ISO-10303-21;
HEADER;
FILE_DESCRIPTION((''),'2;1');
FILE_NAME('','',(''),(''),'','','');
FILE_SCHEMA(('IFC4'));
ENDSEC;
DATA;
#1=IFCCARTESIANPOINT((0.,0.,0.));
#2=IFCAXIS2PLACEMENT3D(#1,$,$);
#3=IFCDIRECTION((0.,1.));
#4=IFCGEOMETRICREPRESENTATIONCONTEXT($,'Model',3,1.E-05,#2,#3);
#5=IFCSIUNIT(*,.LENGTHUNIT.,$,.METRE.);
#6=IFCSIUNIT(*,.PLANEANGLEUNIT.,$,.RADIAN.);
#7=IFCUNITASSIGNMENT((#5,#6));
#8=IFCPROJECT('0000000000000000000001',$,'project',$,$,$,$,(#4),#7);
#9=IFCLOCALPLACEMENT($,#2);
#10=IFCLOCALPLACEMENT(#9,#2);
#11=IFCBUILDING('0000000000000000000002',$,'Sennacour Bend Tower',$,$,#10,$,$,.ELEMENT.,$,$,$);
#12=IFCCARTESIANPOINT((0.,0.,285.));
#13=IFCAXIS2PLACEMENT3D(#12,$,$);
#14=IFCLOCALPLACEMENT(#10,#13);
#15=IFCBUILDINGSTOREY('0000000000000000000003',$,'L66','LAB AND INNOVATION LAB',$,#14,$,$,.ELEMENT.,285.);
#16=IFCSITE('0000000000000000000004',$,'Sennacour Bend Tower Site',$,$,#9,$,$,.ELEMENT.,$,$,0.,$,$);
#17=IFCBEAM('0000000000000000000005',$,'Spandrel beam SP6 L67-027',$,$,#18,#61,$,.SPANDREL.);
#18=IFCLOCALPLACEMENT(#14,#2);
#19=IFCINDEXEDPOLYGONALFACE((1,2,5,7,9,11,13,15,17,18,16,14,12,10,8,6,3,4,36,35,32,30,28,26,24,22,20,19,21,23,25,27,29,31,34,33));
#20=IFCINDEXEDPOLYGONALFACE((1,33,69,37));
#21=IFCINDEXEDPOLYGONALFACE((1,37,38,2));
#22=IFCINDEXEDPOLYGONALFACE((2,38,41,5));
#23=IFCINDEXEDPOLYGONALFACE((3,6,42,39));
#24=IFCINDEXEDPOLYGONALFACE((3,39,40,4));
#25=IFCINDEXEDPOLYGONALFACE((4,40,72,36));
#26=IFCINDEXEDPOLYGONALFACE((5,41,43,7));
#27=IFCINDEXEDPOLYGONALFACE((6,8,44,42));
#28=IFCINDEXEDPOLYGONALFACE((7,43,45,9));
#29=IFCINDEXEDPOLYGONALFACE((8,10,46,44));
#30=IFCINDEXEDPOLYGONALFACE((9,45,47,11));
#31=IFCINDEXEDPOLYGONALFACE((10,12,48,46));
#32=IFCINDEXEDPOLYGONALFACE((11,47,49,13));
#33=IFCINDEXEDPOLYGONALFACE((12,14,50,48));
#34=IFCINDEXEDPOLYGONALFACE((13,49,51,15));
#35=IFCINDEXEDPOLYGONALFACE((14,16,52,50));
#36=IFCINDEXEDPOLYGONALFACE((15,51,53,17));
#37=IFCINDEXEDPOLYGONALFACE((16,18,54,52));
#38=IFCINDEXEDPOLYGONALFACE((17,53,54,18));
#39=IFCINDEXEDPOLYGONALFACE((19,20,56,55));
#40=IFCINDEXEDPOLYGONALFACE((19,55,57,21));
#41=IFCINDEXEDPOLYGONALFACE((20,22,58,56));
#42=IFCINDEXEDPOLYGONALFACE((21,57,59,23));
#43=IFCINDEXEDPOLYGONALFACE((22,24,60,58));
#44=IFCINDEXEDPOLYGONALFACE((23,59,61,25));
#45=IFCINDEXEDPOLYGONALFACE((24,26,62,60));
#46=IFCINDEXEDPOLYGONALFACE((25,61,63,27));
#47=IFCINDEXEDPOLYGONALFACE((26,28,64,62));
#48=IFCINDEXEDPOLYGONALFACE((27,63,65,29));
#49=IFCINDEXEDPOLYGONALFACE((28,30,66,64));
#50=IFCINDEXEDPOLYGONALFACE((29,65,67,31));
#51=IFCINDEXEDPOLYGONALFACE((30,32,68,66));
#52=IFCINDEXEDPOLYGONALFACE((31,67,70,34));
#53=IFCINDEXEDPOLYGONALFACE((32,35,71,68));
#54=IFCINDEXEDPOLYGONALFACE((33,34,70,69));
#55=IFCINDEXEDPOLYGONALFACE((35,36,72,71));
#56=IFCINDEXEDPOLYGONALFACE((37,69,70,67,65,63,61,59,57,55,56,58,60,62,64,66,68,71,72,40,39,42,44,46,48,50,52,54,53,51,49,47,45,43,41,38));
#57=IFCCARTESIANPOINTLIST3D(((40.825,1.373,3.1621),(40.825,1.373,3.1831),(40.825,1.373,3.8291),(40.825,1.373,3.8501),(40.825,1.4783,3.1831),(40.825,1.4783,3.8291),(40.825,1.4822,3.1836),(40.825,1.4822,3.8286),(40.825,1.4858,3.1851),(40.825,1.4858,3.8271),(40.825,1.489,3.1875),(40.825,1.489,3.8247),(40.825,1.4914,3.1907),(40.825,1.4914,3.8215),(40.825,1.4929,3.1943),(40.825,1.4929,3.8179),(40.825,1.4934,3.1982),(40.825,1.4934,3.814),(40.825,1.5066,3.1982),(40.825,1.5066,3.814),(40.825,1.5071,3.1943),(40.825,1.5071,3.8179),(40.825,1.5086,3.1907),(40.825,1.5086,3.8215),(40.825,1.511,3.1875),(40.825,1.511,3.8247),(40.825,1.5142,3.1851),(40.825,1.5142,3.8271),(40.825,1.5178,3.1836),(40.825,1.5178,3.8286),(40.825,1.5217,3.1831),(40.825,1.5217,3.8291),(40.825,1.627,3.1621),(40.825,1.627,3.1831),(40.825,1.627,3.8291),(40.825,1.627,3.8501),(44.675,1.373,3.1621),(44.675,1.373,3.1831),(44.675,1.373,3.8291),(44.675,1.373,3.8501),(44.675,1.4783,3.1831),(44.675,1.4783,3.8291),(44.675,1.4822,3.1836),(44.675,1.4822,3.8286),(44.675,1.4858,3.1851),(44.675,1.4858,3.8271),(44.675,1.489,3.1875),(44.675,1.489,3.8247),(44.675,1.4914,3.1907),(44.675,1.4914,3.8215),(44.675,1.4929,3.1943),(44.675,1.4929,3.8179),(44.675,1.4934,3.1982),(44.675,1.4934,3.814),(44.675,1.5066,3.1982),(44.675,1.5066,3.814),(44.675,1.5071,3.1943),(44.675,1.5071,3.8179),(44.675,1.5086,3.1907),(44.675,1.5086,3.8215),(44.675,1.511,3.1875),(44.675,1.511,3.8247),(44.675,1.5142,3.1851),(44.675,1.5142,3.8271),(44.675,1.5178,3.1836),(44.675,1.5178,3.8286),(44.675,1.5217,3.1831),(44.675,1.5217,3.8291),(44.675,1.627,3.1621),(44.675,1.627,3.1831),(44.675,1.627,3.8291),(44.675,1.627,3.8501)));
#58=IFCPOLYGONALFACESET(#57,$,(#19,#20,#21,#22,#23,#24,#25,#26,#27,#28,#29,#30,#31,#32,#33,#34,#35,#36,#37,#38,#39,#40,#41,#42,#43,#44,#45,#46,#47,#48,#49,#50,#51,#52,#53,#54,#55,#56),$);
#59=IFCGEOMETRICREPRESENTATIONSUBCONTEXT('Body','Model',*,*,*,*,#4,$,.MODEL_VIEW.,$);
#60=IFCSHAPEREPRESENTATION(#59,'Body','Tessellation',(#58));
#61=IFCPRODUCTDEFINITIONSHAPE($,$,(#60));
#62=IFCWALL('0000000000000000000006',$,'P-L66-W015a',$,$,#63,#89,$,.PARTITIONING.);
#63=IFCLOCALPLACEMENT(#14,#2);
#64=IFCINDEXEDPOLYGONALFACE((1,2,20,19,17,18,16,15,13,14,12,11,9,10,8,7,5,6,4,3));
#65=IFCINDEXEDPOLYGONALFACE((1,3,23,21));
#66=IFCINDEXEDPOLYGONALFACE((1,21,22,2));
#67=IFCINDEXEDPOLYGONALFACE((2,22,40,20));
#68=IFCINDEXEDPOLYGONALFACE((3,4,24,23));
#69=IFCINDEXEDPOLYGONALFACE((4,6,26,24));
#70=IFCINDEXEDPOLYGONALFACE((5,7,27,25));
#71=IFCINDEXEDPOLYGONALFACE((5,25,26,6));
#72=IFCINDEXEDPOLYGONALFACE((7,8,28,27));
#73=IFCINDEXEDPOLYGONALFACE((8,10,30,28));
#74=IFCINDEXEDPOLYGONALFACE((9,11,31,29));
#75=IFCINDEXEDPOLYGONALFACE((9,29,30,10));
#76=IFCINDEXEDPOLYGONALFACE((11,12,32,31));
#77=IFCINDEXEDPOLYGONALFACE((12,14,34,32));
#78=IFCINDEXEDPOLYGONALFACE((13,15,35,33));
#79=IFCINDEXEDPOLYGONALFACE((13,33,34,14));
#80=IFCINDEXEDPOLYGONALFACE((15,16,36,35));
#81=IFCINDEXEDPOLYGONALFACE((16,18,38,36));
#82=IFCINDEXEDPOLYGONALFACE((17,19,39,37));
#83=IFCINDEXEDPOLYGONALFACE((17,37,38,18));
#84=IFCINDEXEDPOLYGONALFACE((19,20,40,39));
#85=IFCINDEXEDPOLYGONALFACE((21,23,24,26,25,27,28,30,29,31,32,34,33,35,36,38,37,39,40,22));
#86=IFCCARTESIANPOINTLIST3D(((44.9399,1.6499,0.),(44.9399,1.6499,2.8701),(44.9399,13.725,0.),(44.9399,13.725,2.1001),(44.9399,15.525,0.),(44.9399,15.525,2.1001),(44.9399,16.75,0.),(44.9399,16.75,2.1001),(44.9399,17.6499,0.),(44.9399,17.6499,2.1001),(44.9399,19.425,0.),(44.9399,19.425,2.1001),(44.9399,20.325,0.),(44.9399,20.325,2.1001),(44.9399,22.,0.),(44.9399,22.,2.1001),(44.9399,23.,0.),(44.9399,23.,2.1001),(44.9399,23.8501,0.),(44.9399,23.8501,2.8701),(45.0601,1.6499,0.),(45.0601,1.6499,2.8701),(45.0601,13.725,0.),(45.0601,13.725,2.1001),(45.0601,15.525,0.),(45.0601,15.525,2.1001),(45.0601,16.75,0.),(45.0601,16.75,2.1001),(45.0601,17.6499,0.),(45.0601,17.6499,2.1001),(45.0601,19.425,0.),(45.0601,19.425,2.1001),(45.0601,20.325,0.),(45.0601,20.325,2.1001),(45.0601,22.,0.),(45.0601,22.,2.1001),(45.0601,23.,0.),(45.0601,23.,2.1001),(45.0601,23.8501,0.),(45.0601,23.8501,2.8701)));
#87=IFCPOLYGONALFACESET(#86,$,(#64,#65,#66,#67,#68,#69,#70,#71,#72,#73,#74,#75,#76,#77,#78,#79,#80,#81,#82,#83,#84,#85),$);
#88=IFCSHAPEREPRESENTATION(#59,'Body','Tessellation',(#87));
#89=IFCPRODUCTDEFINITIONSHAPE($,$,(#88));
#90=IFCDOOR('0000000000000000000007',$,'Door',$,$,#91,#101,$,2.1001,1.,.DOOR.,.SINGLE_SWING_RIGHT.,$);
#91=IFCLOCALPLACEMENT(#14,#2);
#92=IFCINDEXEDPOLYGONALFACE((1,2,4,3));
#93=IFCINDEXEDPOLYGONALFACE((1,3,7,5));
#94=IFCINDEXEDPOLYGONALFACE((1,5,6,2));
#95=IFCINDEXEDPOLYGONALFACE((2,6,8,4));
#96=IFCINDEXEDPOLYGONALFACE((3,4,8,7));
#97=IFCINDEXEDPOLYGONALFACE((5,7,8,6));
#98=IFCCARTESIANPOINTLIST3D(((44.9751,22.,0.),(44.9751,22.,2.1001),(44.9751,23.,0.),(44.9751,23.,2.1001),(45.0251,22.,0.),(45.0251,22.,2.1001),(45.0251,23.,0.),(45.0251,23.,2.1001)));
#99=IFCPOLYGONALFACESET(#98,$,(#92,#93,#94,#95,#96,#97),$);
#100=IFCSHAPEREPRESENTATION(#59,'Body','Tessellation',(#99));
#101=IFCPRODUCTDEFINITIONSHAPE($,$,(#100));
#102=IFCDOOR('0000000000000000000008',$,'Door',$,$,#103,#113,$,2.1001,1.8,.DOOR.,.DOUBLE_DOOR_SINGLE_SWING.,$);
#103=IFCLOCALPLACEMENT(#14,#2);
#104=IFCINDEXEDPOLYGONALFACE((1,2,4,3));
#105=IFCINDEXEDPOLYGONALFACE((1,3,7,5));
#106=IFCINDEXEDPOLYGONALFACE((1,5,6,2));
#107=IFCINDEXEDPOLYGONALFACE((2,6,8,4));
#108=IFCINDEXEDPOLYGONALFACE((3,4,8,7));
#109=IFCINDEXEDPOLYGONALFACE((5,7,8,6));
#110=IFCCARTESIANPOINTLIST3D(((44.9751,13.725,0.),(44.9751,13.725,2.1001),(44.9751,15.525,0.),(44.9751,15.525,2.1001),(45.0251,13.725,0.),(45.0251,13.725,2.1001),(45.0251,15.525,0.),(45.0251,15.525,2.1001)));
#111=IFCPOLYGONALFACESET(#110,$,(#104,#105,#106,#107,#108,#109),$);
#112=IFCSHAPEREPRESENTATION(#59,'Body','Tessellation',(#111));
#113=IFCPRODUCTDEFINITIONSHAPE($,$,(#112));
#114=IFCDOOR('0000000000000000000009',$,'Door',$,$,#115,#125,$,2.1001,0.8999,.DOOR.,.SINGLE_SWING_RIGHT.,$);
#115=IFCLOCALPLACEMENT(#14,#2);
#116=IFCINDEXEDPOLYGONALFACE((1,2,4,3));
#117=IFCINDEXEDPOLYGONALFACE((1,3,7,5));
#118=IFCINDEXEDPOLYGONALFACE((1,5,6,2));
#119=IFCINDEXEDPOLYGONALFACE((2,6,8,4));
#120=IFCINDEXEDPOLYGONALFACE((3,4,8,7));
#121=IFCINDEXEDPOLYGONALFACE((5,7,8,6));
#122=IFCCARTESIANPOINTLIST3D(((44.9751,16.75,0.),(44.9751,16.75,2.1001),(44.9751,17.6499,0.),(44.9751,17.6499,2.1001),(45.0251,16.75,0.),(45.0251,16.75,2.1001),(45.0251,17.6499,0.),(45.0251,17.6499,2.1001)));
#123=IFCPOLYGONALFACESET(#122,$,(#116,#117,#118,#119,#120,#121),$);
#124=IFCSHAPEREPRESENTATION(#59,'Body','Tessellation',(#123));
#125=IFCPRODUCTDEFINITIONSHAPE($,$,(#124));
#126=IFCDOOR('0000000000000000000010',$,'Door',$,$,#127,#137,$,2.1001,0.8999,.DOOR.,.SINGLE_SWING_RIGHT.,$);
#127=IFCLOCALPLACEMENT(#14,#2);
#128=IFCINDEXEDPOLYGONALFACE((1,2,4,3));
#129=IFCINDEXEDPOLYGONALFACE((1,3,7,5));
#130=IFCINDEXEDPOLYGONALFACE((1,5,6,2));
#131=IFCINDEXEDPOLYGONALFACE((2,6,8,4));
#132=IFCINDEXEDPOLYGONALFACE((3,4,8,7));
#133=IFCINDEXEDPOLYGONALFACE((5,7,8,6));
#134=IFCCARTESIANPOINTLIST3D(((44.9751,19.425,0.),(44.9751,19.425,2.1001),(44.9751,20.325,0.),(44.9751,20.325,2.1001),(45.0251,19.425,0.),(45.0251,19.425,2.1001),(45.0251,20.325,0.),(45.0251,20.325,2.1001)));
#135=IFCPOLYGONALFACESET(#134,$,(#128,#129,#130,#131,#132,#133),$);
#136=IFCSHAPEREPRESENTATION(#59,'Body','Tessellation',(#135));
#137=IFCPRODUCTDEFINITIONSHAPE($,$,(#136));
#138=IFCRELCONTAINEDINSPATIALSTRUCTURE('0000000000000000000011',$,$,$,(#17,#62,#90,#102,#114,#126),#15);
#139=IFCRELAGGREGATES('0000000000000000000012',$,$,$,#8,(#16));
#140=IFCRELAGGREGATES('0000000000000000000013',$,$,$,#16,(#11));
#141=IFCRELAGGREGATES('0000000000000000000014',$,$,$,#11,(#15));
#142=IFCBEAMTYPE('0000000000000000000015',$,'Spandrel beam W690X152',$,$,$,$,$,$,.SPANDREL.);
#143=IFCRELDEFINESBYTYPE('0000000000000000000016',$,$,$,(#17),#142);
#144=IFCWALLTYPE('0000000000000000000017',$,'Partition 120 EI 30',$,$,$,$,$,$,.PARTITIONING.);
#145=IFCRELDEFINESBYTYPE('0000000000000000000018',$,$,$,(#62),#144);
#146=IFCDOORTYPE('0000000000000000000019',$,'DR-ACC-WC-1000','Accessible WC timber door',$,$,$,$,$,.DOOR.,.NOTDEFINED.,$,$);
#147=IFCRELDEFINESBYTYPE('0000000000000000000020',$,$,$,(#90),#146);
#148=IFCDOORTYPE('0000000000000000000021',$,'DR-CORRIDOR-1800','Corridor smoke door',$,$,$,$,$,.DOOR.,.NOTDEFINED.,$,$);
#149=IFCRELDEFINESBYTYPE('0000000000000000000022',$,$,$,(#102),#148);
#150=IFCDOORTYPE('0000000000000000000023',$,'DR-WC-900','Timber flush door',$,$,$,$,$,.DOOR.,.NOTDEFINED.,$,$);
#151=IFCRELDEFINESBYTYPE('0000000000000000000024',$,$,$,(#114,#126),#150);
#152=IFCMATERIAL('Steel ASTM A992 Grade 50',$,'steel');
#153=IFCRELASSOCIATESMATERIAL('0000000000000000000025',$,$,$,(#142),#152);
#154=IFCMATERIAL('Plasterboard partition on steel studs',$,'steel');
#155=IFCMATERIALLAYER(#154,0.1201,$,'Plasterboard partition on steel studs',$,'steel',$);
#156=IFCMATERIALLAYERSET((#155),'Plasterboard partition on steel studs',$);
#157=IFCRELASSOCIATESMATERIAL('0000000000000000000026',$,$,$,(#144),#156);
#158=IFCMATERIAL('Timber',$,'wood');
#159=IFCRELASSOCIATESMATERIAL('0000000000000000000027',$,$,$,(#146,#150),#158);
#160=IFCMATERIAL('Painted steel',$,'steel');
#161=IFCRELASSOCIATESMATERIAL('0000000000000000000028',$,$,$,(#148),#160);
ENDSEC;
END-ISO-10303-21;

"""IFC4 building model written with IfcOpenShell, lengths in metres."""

from ifc_helpers import new_model, si_unit, direction, frame, frame_2d, origin, origin_2d, place, context, subcontext, project, spatial, rectangle, i_section, extrude, material, layer, layer_set, material_profile, profile_set, type_object, element, fill, save


model = new_model("IFC4")

# Units and contexts
model_context = context("Model", 3, precision=1e-05, world=origin(), true_north=direction((0.0, 1.0)))
body_context = subcontext(model_context, "Body", "Model", "MODEL_VIEW")
ifc_project = project(units=[si_unit("LENGTHUNIT", "METRE"), si_unit("PLANEANGLEUNIT", "RADIAN")], contexts=[model_context])

# Site, building, storey
site_placement = place(None, origin())
site = spatial("IfcSite", under=ifc_project, at=site_placement, Name="Sennacour Bend Tower Site", CompositionType="ELEMENT", RefElevation=0.0)
building_placement = place(site_placement, origin())
building = spatial("IfcBuilding", under=site, at=building_placement, Name="Sennacour Bend Tower", CompositionType="ELEMENT")
storey_placement = place(building_placement, frame((0.0, 0.0, 285.0)))
storey = spatial("IfcBuildingStorey", under=building, at=storey_placement, Name="L66", Description="LAB AND INNOVATION LAB", CompositionType="ELEMENT", Elevation=285.0)

# Beam
ifc_material_1 = material(Name="Steel ASTM A992 Grade 50", Category="steel")
ifc_material_profile_1 = material_profile(ifc_material_1, i_section(OverallWidth=0.2539, OverallDepth=0.688, WebThickness=0.0132, FlangeThickness=0.021, FilletRadius=0.0151, at=origin_2d()), Name="Steel ASTM A992 Grade 50", Category="steel")
ifc_profile_set_1 = profile_set([ifc_material_profile_1], Name="Steel ASTM A992 Grade 50")
beam_type_1 = type_object("IfcBeamType", Name="Spandrel beam W690X152", PredefinedType="SPANDREL", material=ifc_profile_set_1)
for number, where, z_axis, x_axis, name in (
    (1, (44.675, 1.5, 3.5061), (-1.0, 0.0, 0.0), (0.0, -1.0, 0.0), "Spandrel beam SP6 L67-027"),
):
    element("IfcBeam", number, at=place(storey_placement, frame(where, z_axis=z_axis, x_axis=x_axis)), inside=storey, type_object=beam_type_1, Name=name, PredefinedType="SPANDREL", context=body_context, shape_type="SweptSolid", body=[
        extrude(i_section(OverallWidth=0.2539, OverallDepth=0.688, WebThickness=0.0132, FlangeThickness=0.021, FilletRadius=0.0151, at=origin_2d()), origin(), (0.0, 0.0, 1.0), 3.8501),
    ])

# Wall, openings, doors
ifc_material_2 = material(Name="Plasterboard partition on steel studs", Category="steel")
ifc_layer_1 = layer(ifc_material_2, 0.1201, Name="Plasterboard partition on steel studs", Category="steel")
ifc_layer_set_1 = layer_set([ifc_layer_1], Name="Plasterboard partition on steel studs")
wall_type_1 = type_object("IfcWallType", Name="Partition 120 EI 30", PredefinedType="PARTITIONING", material=ifc_layer_set_1)
wall_1_placement = place(storey_placement, frame((45.0, 1.6499, 0.0), z_axis=(0.0, 0.0, 1.0), x_axis=(0.0, 1.0, 0.0)))
wall_1 = element("IfcWall", 2, at=wall_1_placement, inside=storey, type_object=wall_type_1, Name="P-L66-W015a", PredefinedType="PARTITIONING", context=body_context, shape_type="SweptSolid", body=[
    extrude(rectangle(XDim=22.2002, YDim=0.1201, at=frame_2d((11.1001, 0.0))), origin(), (0.0, 0.0, 1.0), 2.8701),
])
opening_1_placement = place(wall_1_placement, frame((12.0752, 0.0, 0.0)))
opening_1 = element("IfcOpeningElement", 3, at=opening_1_placement, cuts=wall_1, PredefinedType="OPENING", context=body_context, shape_type="SweptSolid", body=[
    extrude(rectangle(XDim=1.8, YDim=2.1001, at=frame_2d((0.8999, 1.05))), frame((0.0, 0.0701, 0.0), z_axis=(0.0, -1.0, 0.0), x_axis=(1.0, 0.0, 0.0)), (0.0, 0.0, 1.0), 0.1401),
])
opening_2_placement = place(wall_1_placement, frame((15.1001, 0.0, 0.0)))
opening_2 = element("IfcOpeningElement", 4, at=opening_2_placement, cuts=wall_1, PredefinedType="OPENING", context=body_context, shape_type="SweptSolid", body=[
    extrude(rectangle(XDim=0.8999, YDim=2.1001, at=frame_2d((0.45, 1.05))), frame((0.0, 0.0701, 0.0), z_axis=(0.0, -1.0, 0.0), x_axis=(1.0, 0.0, 0.0)), (0.0, 0.0, 1.0), 0.1401),
])
opening_3_placement = place(wall_1_placement, frame((17.7751, 0.0, 0.0)))
opening_3 = element("IfcOpeningElement", 5, at=opening_3_placement, cuts=wall_1, PredefinedType="OPENING", context=body_context, shape_type="SweptSolid", body=[
    extrude(rectangle(XDim=0.8999, YDim=2.1001, at=frame_2d((0.45, 1.05))), frame((0.0, 0.0701, 0.0), z_axis=(0.0, -1.0, 0.0), x_axis=(1.0, 0.0, 0.0)), (0.0, 0.0, 1.0), 0.1401),
])
opening_4_placement = place(wall_1_placement, frame((20.3501, 0.0, 0.0)))
opening_4 = element("IfcOpeningElement", 6, at=opening_4_placement, cuts=wall_1, PredefinedType="OPENING", context=body_context, shape_type="SweptSolid", body=[
    extrude(rectangle(XDim=1.0, YDim=2.1001, at=frame_2d((0.5, 1.05))), frame((0.0, 0.0701, 0.0), z_axis=(0.0, -1.0, 0.0), x_axis=(1.0, 0.0, 0.0)), (0.0, 0.0, 1.0), 0.1401),
])
ifc_material_3 = material(Name="Timber", Category="wood")
door_type_1 = type_object("IfcDoorType", Name="DR-ACC-WC-1000", Description="Accessible WC timber door", OperationType="NOTDEFINED", PredefinedType="DOOR", material=ifc_material_3)
door_1_placement = place(opening_4_placement, origin())
door_1 = element("IfcDoor", 7, at=door_1_placement, inside=storey, type_object=door_type_1, Name="Door", OperationType="SINGLE_SWING_RIGHT", OverallHeight=2.1001, OverallWidth=1.0, PredefinedType="DOOR", context=body_context, shape_type="SweptSolid", body=[
    extrude(rectangle(XDim=1.0, YDim=2.1001, at=frame_2d((0.5, 1.05))), frame((0.0, 0.0249, 0.0), z_axis=(0.0, -1.0, 0.0), x_axis=(1.0, 0.0, 0.0)), (0.0, 0.0, 1.0), 0.05),
])
fill(opening_4, door_1)
ifc_material_4 = material(Name="Painted steel", Category="steel")
door_type_2 = type_object("IfcDoorType", Name="DR-CORRIDOR-1800", Description="Corridor smoke door", OperationType="NOTDEFINED", PredefinedType="DOOR", material=ifc_material_4)
door_2_placement = place(opening_1_placement, origin())
door_2 = element("IfcDoor", 8, at=door_2_placement, inside=storey, type_object=door_type_2, Name="Door", OperationType="DOUBLE_DOOR_SINGLE_SWING", OverallHeight=2.1001, OverallWidth=1.8, PredefinedType="DOOR", context=body_context, shape_type="SweptSolid", body=[
    extrude(rectangle(XDim=1.8, YDim=2.1001, at=frame_2d((0.8999, 1.05))), frame((0.0, 0.0249, 0.0), z_axis=(0.0, -1.0, 0.0), x_axis=(1.0, 0.0, 0.0)), (0.0, 0.0, 1.0), 0.05),
])
fill(opening_1, door_2)
door_type_3 = type_object("IfcDoorType", Name="DR-WC-900", Description="Timber flush door", OperationType="NOTDEFINED", PredefinedType="DOOR", material=ifc_material_3)
door_3_placement = place(opening_2_placement, origin())
door_3 = element("IfcDoor", 9, at=door_3_placement, inside=storey, type_object=door_type_3, Name="Door", OperationType="SINGLE_SWING_RIGHT", OverallHeight=2.1001, OverallWidth=0.8999, PredefinedType="DOOR", context=body_context, shape_type="SweptSolid", body=[
    extrude(rectangle(XDim=0.8999, YDim=2.1001, at=frame_2d((0.45, 1.05))), frame((0.0, 0.0249, 0.0), z_axis=(0.0, -1.0, 0.0), x_axis=(1.0, 0.0, 0.0)), (0.0, 0.0, 1.0), 0.05),
])
fill(opening_2, door_3)
door_4_placement = place(opening_3_placement, origin())
door_4 = element("IfcDoor", 10, at=door_4_placement, inside=storey, type_object=door_type_3, Name="Door", OperationType="SINGLE_SWING_RIGHT", OverallHeight=2.1001, OverallWidth=0.8999, PredefinedType="DOOR", context=body_context, shape_type="SweptSolid", body=[
    extrude(rectangle(XDim=0.8999, YDim=2.1001, at=frame_2d((0.45, 1.05))), frame((0.0, 0.0249, 0.0), z_axis=(0.0, -1.0, 0.0), x_axis=(1.0, 0.0, 0.0)), (0.0, 0.0, 1.0), 0.05),
])
fill(opening_3, door_4)

save(model, "model.ifc")
